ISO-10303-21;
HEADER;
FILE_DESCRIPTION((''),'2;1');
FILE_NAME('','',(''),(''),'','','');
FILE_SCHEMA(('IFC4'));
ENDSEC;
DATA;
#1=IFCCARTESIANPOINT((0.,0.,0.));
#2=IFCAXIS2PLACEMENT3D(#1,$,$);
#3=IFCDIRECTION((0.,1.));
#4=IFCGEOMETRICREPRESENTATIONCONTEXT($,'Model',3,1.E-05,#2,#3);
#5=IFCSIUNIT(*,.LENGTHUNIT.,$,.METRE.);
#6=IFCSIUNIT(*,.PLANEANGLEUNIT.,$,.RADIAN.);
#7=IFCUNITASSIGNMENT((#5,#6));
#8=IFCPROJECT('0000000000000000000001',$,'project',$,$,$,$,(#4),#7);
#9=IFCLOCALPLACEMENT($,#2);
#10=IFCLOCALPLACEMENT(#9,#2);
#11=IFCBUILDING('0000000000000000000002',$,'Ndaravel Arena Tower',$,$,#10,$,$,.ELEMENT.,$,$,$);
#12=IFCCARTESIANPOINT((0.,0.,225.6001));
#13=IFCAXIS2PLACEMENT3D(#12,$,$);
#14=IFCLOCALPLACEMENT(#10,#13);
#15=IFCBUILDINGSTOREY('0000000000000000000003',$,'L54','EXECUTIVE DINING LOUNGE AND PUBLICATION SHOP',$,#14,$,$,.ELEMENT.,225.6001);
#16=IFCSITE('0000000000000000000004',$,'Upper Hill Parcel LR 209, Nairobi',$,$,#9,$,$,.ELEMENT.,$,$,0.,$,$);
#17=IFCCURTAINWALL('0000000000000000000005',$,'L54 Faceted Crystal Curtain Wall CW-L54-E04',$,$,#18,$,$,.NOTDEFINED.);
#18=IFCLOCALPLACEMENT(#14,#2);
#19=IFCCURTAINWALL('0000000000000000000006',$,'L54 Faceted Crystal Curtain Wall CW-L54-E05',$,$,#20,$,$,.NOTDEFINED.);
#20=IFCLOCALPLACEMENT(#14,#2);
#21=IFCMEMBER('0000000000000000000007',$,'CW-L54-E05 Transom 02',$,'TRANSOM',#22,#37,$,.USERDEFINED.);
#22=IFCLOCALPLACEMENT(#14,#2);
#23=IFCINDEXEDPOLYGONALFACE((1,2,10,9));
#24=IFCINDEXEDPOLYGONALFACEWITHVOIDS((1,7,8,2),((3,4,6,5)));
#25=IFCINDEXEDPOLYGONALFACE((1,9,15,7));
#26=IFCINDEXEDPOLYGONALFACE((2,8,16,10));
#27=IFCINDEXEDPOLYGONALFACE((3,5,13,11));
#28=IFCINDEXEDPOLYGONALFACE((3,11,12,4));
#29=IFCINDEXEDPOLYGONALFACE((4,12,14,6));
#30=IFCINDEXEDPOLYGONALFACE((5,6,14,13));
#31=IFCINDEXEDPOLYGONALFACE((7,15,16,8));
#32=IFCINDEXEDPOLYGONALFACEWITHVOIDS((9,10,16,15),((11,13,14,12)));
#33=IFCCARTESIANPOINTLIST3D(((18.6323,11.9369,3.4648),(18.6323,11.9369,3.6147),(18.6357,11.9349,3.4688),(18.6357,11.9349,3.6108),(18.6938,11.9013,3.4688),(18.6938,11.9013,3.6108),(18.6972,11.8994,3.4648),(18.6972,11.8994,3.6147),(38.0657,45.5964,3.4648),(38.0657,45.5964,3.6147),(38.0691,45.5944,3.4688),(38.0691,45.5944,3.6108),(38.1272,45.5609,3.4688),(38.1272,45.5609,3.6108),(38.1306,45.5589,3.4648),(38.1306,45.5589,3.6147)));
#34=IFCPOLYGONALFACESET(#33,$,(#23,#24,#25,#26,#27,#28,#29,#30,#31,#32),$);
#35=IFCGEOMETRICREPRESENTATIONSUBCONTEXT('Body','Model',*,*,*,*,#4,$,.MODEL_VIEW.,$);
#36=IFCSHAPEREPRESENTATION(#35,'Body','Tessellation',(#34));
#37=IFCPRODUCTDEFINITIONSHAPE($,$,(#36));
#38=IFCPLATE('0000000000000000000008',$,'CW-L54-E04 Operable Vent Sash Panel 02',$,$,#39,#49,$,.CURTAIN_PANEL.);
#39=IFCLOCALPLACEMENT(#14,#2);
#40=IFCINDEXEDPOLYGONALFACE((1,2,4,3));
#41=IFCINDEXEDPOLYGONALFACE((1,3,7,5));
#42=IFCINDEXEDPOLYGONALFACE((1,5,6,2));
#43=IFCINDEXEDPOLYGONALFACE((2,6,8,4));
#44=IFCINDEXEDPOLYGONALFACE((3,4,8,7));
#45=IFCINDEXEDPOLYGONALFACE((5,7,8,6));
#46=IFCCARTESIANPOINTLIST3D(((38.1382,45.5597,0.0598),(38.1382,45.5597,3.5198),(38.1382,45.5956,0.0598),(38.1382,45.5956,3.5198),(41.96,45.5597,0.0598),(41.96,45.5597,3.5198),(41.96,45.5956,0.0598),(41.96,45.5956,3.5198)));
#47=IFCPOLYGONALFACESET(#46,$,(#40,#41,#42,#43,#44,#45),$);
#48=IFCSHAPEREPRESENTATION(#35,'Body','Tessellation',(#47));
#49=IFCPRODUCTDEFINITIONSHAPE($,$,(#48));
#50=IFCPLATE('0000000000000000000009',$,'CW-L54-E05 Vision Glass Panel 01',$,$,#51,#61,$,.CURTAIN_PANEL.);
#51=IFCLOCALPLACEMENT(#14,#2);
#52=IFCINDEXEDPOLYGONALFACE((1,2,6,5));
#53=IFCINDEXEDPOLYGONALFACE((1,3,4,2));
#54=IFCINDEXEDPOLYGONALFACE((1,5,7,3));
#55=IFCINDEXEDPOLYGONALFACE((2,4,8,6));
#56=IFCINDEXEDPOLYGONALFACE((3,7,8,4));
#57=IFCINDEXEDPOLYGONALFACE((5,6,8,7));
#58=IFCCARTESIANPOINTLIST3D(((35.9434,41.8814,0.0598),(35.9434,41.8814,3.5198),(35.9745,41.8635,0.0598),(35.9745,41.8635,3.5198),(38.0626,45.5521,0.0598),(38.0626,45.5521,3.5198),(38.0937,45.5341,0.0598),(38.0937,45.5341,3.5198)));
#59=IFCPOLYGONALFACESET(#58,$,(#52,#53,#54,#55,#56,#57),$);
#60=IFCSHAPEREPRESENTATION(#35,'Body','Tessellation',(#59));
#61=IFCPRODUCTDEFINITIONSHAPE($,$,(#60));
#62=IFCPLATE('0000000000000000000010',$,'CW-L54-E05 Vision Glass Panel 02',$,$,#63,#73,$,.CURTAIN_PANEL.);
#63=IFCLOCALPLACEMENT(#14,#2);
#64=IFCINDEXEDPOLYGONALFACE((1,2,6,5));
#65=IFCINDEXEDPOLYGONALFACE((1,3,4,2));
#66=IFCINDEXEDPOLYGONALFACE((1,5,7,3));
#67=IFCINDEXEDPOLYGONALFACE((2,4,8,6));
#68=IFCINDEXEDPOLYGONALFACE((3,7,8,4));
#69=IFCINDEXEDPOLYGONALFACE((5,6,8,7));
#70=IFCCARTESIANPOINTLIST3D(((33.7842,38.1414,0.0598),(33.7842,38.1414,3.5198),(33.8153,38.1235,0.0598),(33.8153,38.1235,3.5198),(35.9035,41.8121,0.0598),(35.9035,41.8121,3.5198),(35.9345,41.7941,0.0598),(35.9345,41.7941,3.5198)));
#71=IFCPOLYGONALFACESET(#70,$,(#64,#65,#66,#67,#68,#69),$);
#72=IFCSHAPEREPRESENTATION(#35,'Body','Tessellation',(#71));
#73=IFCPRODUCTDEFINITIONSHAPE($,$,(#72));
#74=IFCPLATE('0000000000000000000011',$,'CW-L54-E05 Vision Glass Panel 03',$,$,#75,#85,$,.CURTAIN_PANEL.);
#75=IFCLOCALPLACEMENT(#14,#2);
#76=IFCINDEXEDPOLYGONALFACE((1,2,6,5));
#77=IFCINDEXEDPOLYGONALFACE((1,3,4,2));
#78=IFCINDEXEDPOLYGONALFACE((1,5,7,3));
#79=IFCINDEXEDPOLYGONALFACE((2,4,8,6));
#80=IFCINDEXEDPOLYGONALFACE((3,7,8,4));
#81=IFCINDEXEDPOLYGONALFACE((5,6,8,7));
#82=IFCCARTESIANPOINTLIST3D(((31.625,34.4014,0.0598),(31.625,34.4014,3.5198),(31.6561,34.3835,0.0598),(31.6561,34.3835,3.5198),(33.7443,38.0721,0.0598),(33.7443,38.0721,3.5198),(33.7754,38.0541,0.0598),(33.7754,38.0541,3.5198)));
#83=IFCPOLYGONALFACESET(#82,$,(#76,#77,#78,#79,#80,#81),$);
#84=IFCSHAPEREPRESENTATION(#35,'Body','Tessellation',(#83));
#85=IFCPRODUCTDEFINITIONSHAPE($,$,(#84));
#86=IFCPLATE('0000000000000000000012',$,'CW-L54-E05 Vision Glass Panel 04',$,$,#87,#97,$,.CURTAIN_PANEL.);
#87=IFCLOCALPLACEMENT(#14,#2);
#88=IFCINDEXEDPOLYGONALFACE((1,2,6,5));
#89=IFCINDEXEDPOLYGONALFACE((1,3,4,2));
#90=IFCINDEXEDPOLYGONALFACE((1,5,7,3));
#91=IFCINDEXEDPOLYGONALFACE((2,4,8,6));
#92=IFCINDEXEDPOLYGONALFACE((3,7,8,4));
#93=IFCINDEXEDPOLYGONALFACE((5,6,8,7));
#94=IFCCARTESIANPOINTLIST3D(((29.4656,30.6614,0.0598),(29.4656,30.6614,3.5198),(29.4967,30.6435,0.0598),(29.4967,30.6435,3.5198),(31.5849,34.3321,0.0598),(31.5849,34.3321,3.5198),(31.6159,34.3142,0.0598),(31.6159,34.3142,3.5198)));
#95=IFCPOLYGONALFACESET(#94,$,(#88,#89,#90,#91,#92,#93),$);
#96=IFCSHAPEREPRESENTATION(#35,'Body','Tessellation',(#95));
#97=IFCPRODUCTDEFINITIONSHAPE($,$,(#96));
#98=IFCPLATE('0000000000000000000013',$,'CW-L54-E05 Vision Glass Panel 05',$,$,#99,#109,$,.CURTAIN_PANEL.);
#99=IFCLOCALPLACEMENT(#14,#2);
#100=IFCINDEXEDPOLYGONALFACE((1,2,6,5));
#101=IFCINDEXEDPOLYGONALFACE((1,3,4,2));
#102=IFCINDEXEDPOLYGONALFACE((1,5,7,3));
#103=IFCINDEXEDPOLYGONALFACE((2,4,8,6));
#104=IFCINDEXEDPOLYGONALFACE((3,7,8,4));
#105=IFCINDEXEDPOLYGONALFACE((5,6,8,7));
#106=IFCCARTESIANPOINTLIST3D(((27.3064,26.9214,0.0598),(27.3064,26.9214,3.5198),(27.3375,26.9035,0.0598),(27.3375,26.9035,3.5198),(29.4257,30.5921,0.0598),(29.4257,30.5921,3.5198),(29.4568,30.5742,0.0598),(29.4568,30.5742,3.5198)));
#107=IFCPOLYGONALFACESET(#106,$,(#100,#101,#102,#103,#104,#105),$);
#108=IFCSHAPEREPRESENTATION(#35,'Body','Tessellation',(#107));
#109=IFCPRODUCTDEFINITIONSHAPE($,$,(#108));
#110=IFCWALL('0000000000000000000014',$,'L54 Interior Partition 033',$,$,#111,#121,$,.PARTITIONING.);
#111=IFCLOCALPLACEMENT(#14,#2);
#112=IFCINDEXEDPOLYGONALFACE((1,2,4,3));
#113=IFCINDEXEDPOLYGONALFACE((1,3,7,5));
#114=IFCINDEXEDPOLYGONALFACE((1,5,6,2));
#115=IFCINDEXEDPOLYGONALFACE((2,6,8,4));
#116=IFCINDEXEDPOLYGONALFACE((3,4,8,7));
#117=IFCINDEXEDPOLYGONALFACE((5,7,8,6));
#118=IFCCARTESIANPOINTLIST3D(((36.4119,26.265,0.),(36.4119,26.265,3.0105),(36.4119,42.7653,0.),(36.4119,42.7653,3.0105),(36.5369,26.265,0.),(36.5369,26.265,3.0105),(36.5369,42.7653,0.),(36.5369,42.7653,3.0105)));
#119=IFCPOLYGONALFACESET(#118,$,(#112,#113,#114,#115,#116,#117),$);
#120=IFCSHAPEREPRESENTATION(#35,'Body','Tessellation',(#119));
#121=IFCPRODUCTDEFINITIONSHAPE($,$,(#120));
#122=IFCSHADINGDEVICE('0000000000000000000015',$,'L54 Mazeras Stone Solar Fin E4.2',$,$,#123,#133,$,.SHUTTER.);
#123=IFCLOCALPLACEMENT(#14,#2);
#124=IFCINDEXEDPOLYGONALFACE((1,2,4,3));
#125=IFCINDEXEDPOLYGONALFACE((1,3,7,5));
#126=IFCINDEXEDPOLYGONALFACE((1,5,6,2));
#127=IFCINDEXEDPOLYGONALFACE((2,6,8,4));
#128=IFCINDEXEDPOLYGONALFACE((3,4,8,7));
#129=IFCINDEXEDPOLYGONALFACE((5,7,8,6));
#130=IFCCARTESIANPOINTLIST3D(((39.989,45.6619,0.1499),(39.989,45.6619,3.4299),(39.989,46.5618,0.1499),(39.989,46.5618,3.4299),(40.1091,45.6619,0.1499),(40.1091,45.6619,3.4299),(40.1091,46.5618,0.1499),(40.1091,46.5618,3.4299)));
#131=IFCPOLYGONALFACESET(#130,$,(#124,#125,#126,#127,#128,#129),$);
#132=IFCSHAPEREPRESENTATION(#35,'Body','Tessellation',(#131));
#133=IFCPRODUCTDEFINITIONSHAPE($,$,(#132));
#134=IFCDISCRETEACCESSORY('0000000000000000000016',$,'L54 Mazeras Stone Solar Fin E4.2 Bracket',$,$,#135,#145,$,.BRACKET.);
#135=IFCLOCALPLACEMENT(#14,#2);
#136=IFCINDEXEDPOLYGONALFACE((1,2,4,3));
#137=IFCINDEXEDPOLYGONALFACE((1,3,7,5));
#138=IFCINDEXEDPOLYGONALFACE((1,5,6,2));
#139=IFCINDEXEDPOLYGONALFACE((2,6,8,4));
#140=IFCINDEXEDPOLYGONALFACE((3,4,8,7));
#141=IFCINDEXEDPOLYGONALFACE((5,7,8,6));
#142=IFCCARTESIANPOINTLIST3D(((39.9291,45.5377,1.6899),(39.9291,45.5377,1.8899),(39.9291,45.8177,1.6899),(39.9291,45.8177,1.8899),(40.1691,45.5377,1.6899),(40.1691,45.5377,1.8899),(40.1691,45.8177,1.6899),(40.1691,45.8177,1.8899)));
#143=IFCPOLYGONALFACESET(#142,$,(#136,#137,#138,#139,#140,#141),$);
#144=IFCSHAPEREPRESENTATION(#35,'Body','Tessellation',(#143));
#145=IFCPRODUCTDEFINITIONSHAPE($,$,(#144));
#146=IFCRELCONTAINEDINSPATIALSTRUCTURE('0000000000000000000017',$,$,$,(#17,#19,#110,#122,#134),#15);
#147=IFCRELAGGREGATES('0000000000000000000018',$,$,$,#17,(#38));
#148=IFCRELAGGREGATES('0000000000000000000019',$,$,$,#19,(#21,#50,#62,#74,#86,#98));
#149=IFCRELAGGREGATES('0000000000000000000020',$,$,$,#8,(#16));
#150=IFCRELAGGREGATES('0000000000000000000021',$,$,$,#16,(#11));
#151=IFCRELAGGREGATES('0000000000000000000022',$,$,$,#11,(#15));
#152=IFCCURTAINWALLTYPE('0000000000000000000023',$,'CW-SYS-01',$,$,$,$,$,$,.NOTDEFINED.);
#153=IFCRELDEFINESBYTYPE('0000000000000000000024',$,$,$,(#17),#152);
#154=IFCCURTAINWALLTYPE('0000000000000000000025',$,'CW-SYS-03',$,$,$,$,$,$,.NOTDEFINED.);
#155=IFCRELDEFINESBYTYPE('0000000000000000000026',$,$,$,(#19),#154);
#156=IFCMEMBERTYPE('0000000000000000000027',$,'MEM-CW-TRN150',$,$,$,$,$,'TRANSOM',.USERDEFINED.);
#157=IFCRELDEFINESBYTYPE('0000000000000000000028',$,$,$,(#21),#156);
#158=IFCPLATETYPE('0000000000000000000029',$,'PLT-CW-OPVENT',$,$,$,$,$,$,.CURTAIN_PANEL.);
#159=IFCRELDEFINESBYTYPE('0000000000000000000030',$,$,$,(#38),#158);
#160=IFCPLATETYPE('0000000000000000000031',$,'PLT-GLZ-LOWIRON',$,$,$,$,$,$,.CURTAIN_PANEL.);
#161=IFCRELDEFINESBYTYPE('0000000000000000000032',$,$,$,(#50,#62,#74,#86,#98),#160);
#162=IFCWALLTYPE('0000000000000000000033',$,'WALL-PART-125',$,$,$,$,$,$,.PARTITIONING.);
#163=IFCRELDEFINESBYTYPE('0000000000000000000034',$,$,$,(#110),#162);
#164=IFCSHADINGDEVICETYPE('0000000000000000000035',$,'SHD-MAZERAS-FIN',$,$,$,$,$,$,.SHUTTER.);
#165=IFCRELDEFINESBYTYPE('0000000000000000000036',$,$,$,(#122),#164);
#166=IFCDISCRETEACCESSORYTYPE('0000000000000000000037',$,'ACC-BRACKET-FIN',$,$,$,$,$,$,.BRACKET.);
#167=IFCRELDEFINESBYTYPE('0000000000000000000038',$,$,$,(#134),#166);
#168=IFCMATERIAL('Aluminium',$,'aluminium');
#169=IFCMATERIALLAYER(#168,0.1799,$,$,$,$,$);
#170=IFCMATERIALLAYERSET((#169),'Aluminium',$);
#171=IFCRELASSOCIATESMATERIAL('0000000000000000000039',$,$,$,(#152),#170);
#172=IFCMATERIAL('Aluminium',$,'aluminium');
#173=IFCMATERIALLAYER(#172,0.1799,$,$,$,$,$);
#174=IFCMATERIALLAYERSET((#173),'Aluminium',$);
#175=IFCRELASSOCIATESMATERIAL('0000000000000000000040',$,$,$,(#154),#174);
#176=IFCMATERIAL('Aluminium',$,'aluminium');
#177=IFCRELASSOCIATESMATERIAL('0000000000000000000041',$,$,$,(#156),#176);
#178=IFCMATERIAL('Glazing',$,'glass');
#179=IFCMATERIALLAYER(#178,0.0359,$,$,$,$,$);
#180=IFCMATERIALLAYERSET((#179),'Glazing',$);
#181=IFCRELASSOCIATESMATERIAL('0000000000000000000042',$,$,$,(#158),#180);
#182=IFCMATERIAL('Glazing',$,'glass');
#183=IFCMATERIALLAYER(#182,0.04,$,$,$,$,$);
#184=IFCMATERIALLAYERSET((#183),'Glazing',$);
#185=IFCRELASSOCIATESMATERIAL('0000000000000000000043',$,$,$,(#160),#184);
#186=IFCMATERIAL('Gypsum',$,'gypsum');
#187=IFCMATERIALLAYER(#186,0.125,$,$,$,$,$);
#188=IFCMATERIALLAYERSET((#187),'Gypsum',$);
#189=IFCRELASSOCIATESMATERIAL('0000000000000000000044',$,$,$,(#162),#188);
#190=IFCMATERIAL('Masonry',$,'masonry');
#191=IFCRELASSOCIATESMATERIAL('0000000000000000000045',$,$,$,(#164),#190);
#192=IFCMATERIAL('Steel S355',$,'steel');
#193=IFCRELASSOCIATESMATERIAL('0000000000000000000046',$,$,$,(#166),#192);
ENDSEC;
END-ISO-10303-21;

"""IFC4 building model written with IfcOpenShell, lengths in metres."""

from ifc_helpers import new_model, si_unit, direction, frame, frame_2d, origin, origin_2d, place, context, subcontext, project, spatial, rectangle, hollow_rectangle, extrude, material, layer, layer_set, material_profile, profile_set, type_object, element, aggregate, save


model = new_model("IFC4")

# Units and contexts
model_context = context("Model", 3, precision=1e-05, world=origin(), true_north=direction((0.0, 1.0)))
body_context = subcontext(model_context, "Body", "Model", "MODEL_VIEW")
ifc_project = project(units=[si_unit("LENGTHUNIT", "METRE"), si_unit("PLANEANGLEUNIT", "RADIAN")], contexts=[model_context])

# Site, building, storey
site_placement = place(None, origin())
site = spatial("IfcSite", under=ifc_project, at=site_placement, Name="Upper Hill Parcel LR 209, Nairobi", CompositionType="ELEMENT", RefElevation=0.0)
building_placement = place(site_placement, origin())
building = spatial("IfcBuilding", under=site, at=building_placement, Name="Ndaravel Arena Tower", CompositionType="ELEMENT")
storey_placement = place(building_placement, frame((0.0, 0.0, 225.6001)))
storey = spatial("IfcBuildingStorey", under=building, at=storey_placement, Name="L54", Description="EXECUTIVE DINING LOUNGE AND PUBLICATION SHOP", CompositionType="ELEMENT", Elevation=225.6001)

# Curtain wall
ifc_material_1 = material(Name="Aluminium", Category="aluminium")
ifc_layer_1 = layer(ifc_material_1, 0.1799)
ifc_layer_set_1 = layer_set([ifc_layer_1], Name="Aluminium")
curtain_wall_type_1 = type_object("IfcCurtainWallType", Name="CW-SYS-01", PredefinedType="NOTDEFINED", material=ifc_layer_set_1)
curtain_wall_1_placement = place(storey_placement, origin())
curtain_wall_1 = element("IfcCurtainWall", 1, at=curtain_wall_1_placement, inside=storey, type_object=curtain_wall_type_1, Name="L54 Faceted Crystal Curtain Wall CW-L54-E04", PredefinedType="NOTDEFINED")

# Curtain wall, member
ifc_material_2 = material(Name="Aluminium", Category="aluminium")
ifc_layer_2 = layer(ifc_material_2, 0.1799)
ifc_layer_set_2 = layer_set([ifc_layer_2], Name="Aluminium")
curtain_wall_type_2 = type_object("IfcCurtainWallType", Name="CW-SYS-03", PredefinedType="NOTDEFINED", material=ifc_layer_set_2)
curtain_wall_2_placement = place(storey_placement, origin())
curtain_wall_2 = element("IfcCurtainWall", 2, at=curtain_wall_2_placement, inside=storey, type_object=curtain_wall_type_2, Name="L54 Faceted Crystal Curtain Wall CW-L54-E05", PredefinedType="NOTDEFINED")
ifc_material_3 = material(Name="Aluminium", Category="aluminium")
ifc_material_profile_1 = material_profile(ifc_material_3, hollow_rectangle(XDim=0.075, YDim=0.1499, WallThickness=0.0039, at=origin_2d()), Name="CW TRANSOM 75x150x4")
ifc_profile_set_1 = profile_set([ifc_material_profile_1], Name="Aluminium")
member_type_1 = type_object("IfcMemberType", Name="MEM-CW-TRN150", ElementType="TRANSOM", PredefinedType="USERDEFINED", material=ifc_profile_set_1)
member_1_placement = place(storey_placement, frame((38.0981, 45.5776, 3.5398), z_axis=(-0.500001, -0.866025, 0.0), x_axis=(0.866025, -0.500001, 0.0)))
member_1 = element("IfcMember", 3, at=member_1_placement, type_object=member_type_1, Name="CW-L54-E05 Transom 02", ObjectType="TRANSOM", PredefinedType="USERDEFINED", context=body_context, shape_type="SweptSolid", body=[
    extrude(hollow_rectangle(XDim=0.075, YDim=0.1499, WallThickness=0.0039, at=origin_2d()), origin(), (0.0, 0.0, 1.0), 38.8667),
])

# Plates
ifc_material_4 = material(Name="Glazing", Category="glass")
ifc_layer_3 = layer(ifc_material_4, 0.0359)
ifc_layer_set_3 = layer_set([ifc_layer_3], Name="Glazing")
plate_type_1 = type_object("IfcPlateType", Name="PLT-CW-OPVENT", PredefinedType="CURTAIN_PANEL", material=ifc_layer_set_3)
plate_1_placement = place(storey_placement, frame((40.0491, 45.5776, 0.0598), z_axis=(0.0, 0.0, 1.0), x_axis=(-1.0, 0.0, 0.0)))
plate_1 = element("IfcPlate", 4, at=plate_1_placement, type_object=plate_type_1, Name="CW-L54-E04 Operable Vent Sash Panel 02", PredefinedType="CURTAIN_PANEL", context=body_context, shape_type="SweptSolid", body=[
    extrude(rectangle(XDim=3.8218, YDim=0.0359, at=origin_2d()), origin(), (0.0, 0.0, 1.0), 3.46),
])
aggregate(curtain_wall_1, [plate_1])
ifc_material_5 = material(Name="Glazing", Category="glass")
ifc_layer_4 = layer(ifc_material_5, 0.04)
ifc_layer_set_4 = layer_set([ifc_layer_4], Name="Glazing")
plate_type_2 = type_object("IfcPlateType", Name="PLT-GLZ-LOWIRON", PredefinedType="CURTAIN_PANEL", material=ifc_layer_set_4)
plate_2_placement = place(storey_placement, frame((37.0186, 43.7078, 0.0598), z_axis=(0.0, 0.0, 1.0), x_axis=(-0.5, -0.866025, 0.0)))
plate_2 = element("IfcPlate", 5, at=plate_2_placement, type_object=plate_type_2, Name="CW-L54-E05 Vision Glass Panel 01", PredefinedType="CURTAIN_PANEL", context=body_context, shape_type="SweptSolid", body=[
    extrude(rectangle(XDim=4.2385, YDim=0.0359, at=origin_2d()), origin(), (0.0, 0.0, 1.0), 3.46),
])
plate_3_placement = place(storey_placement, frame((34.8594, 39.9678, 0.0598), z_axis=(0.0, 0.0, 1.0), x_axis=(-0.5, -0.866025, 0.0)))
plate_3 = element("IfcPlate", 6, at=plate_3_placement, type_object=plate_type_2, Name="CW-L54-E05 Vision Glass Panel 02", PredefinedType="CURTAIN_PANEL", context=body_context, shape_type="SweptSolid", body=[
    extrude(rectangle(XDim=4.2385, YDim=0.0359, at=origin_2d()), origin(), (0.0, 0.0, 1.0), 3.46),
])
plate_4_placement = place(storey_placement, frame((32.7002, 36.2278, 0.0598), z_axis=(0.0, 0.0, 1.0), x_axis=(-0.5, -0.866025, 0.0)))
plate_4 = element("IfcPlate", 7, at=plate_4_placement, type_object=plate_type_2, Name="CW-L54-E05 Vision Glass Panel 03", PredefinedType="CURTAIN_PANEL", context=body_context, shape_type="SweptSolid", body=[
    extrude(rectangle(XDim=4.2385, YDim=0.0359, at=origin_2d()), origin(), (0.0, 0.0, 1.0), 3.46),
])
plate_5_placement = place(storey_placement, frame((30.5408, 32.4878, 0.0598), z_axis=(0.0, 0.0, 1.0), x_axis=(-0.5, -0.866025, 0.0)))
plate_5 = element("IfcPlate", 8, at=plate_5_placement, type_object=plate_type_2, Name="CW-L54-E05 Vision Glass Panel 04", PredefinedType="CURTAIN_PANEL", context=body_context, shape_type="SweptSolid", body=[
    extrude(rectangle(XDim=4.2385, YDim=0.0359, at=origin_2d()), origin(), (0.0, 0.0, 1.0), 3.46),
])
plate_6_placement = place(storey_placement, frame((28.3816, 28.7478, 0.0598), z_axis=(0.0, 0.0, 1.0), x_axis=(-0.5, -0.866025, 0.0)))
plate_6 = element("IfcPlate", 9, at=plate_6_placement, type_object=plate_type_2, Name="CW-L54-E05 Vision Glass Panel 05", PredefinedType="CURTAIN_PANEL", context=body_context, shape_type="SweptSolid", body=[
    extrude(rectangle(XDim=4.2385, YDim=0.0359, at=origin_2d()), origin(), (0.0, 0.0, 1.0), 3.46),
])
aggregate(curtain_wall_2, [member_1, plate_2, plate_3, plate_4, plate_5, plate_6])

# Wall
ifc_material_6 = material(Name="Gypsum", Category="gypsum")
ifc_layer_5 = layer(ifc_material_6, 0.125)
ifc_layer_set_5 = layer_set([ifc_layer_5], Name="Gypsum")
wall_type = type_object("IfcWallType", Name="WALL-PART-125", PredefinedType="PARTITIONING", material=ifc_layer_set_5)
wall_placement = place(storey_placement, frame((36.4744, 42.7651, 0.0), z_axis=(0.0, 0.0, 1.0), x_axis=(0.0, -1.0, 0.0)))
element("IfcWall", 10, at=wall_placement, inside=storey, type_object=wall_type, Name="L54 Interior Partition 033", PredefinedType="PARTITIONING", context=body_context, shape_type="SweptSolid", body=[
    extrude(rectangle(XDim=16.5002, YDim=0.125, at=frame_2d((8.25, 0.0))), origin(), (0.0, 0.0, 1.0), 3.0105),
])

# Shading device
ifc_material_7 = material(Name="Masonry", Category="masonry")
shading_device_type = type_object("IfcShadingDeviceType", Name="SHD-MAZERAS-FIN", PredefinedType="SHUTTER", material=ifc_material_7)
shading_device_placement = place(storey_placement, frame((40.0491, 46.1118, 0.1499), z_axis=(0.0, 0.0, 1.0), x_axis=(0.0, 1.0, 0.0)))
element("IfcShadingDevice", 11, at=shading_device_placement, inside=storey, type_object=shading_device_type, Name="L54 Mazeras Stone Solar Fin E4.2", PredefinedType="SHUTTER", context=body_context, shape_type="SweptSolid", body=[
    extrude(rectangle(XDim=0.8999, YDim=0.1201, at=origin_2d()), origin(), (0.0, 0.0, 1.0), 3.28),
])

# Discrete accessory
ifc_material_8 = material(Name="Steel S355", Category="steel")
discrete_accessory_type = type_object("IfcDiscreteAccessoryType", Name="ACC-BRACKET-FIN", PredefinedType="BRACKET", material=ifc_material_8)
discrete_accessory_placement = place(storey_placement, frame((40.0491, 45.6777, 1.6899), z_axis=(0.0, 0.0, 1.0), x_axis=(0.0, 1.0, 0.0)))
element("IfcDiscreteAccessory", 12, at=discrete_accessory_placement, inside=storey, type_object=discrete_accessory_type, Name="L54 Mazeras Stone Solar Fin E4.2 Bracket", PredefinedType="BRACKET", context=body_context, shape_type="SweptSolid", body=[
    extrude(rectangle(XDim=0.28, YDim=0.24, at=origin_2d()), origin(), (0.0, 0.0, 1.0), 0.2),
])

save(model, "model.ifc")
